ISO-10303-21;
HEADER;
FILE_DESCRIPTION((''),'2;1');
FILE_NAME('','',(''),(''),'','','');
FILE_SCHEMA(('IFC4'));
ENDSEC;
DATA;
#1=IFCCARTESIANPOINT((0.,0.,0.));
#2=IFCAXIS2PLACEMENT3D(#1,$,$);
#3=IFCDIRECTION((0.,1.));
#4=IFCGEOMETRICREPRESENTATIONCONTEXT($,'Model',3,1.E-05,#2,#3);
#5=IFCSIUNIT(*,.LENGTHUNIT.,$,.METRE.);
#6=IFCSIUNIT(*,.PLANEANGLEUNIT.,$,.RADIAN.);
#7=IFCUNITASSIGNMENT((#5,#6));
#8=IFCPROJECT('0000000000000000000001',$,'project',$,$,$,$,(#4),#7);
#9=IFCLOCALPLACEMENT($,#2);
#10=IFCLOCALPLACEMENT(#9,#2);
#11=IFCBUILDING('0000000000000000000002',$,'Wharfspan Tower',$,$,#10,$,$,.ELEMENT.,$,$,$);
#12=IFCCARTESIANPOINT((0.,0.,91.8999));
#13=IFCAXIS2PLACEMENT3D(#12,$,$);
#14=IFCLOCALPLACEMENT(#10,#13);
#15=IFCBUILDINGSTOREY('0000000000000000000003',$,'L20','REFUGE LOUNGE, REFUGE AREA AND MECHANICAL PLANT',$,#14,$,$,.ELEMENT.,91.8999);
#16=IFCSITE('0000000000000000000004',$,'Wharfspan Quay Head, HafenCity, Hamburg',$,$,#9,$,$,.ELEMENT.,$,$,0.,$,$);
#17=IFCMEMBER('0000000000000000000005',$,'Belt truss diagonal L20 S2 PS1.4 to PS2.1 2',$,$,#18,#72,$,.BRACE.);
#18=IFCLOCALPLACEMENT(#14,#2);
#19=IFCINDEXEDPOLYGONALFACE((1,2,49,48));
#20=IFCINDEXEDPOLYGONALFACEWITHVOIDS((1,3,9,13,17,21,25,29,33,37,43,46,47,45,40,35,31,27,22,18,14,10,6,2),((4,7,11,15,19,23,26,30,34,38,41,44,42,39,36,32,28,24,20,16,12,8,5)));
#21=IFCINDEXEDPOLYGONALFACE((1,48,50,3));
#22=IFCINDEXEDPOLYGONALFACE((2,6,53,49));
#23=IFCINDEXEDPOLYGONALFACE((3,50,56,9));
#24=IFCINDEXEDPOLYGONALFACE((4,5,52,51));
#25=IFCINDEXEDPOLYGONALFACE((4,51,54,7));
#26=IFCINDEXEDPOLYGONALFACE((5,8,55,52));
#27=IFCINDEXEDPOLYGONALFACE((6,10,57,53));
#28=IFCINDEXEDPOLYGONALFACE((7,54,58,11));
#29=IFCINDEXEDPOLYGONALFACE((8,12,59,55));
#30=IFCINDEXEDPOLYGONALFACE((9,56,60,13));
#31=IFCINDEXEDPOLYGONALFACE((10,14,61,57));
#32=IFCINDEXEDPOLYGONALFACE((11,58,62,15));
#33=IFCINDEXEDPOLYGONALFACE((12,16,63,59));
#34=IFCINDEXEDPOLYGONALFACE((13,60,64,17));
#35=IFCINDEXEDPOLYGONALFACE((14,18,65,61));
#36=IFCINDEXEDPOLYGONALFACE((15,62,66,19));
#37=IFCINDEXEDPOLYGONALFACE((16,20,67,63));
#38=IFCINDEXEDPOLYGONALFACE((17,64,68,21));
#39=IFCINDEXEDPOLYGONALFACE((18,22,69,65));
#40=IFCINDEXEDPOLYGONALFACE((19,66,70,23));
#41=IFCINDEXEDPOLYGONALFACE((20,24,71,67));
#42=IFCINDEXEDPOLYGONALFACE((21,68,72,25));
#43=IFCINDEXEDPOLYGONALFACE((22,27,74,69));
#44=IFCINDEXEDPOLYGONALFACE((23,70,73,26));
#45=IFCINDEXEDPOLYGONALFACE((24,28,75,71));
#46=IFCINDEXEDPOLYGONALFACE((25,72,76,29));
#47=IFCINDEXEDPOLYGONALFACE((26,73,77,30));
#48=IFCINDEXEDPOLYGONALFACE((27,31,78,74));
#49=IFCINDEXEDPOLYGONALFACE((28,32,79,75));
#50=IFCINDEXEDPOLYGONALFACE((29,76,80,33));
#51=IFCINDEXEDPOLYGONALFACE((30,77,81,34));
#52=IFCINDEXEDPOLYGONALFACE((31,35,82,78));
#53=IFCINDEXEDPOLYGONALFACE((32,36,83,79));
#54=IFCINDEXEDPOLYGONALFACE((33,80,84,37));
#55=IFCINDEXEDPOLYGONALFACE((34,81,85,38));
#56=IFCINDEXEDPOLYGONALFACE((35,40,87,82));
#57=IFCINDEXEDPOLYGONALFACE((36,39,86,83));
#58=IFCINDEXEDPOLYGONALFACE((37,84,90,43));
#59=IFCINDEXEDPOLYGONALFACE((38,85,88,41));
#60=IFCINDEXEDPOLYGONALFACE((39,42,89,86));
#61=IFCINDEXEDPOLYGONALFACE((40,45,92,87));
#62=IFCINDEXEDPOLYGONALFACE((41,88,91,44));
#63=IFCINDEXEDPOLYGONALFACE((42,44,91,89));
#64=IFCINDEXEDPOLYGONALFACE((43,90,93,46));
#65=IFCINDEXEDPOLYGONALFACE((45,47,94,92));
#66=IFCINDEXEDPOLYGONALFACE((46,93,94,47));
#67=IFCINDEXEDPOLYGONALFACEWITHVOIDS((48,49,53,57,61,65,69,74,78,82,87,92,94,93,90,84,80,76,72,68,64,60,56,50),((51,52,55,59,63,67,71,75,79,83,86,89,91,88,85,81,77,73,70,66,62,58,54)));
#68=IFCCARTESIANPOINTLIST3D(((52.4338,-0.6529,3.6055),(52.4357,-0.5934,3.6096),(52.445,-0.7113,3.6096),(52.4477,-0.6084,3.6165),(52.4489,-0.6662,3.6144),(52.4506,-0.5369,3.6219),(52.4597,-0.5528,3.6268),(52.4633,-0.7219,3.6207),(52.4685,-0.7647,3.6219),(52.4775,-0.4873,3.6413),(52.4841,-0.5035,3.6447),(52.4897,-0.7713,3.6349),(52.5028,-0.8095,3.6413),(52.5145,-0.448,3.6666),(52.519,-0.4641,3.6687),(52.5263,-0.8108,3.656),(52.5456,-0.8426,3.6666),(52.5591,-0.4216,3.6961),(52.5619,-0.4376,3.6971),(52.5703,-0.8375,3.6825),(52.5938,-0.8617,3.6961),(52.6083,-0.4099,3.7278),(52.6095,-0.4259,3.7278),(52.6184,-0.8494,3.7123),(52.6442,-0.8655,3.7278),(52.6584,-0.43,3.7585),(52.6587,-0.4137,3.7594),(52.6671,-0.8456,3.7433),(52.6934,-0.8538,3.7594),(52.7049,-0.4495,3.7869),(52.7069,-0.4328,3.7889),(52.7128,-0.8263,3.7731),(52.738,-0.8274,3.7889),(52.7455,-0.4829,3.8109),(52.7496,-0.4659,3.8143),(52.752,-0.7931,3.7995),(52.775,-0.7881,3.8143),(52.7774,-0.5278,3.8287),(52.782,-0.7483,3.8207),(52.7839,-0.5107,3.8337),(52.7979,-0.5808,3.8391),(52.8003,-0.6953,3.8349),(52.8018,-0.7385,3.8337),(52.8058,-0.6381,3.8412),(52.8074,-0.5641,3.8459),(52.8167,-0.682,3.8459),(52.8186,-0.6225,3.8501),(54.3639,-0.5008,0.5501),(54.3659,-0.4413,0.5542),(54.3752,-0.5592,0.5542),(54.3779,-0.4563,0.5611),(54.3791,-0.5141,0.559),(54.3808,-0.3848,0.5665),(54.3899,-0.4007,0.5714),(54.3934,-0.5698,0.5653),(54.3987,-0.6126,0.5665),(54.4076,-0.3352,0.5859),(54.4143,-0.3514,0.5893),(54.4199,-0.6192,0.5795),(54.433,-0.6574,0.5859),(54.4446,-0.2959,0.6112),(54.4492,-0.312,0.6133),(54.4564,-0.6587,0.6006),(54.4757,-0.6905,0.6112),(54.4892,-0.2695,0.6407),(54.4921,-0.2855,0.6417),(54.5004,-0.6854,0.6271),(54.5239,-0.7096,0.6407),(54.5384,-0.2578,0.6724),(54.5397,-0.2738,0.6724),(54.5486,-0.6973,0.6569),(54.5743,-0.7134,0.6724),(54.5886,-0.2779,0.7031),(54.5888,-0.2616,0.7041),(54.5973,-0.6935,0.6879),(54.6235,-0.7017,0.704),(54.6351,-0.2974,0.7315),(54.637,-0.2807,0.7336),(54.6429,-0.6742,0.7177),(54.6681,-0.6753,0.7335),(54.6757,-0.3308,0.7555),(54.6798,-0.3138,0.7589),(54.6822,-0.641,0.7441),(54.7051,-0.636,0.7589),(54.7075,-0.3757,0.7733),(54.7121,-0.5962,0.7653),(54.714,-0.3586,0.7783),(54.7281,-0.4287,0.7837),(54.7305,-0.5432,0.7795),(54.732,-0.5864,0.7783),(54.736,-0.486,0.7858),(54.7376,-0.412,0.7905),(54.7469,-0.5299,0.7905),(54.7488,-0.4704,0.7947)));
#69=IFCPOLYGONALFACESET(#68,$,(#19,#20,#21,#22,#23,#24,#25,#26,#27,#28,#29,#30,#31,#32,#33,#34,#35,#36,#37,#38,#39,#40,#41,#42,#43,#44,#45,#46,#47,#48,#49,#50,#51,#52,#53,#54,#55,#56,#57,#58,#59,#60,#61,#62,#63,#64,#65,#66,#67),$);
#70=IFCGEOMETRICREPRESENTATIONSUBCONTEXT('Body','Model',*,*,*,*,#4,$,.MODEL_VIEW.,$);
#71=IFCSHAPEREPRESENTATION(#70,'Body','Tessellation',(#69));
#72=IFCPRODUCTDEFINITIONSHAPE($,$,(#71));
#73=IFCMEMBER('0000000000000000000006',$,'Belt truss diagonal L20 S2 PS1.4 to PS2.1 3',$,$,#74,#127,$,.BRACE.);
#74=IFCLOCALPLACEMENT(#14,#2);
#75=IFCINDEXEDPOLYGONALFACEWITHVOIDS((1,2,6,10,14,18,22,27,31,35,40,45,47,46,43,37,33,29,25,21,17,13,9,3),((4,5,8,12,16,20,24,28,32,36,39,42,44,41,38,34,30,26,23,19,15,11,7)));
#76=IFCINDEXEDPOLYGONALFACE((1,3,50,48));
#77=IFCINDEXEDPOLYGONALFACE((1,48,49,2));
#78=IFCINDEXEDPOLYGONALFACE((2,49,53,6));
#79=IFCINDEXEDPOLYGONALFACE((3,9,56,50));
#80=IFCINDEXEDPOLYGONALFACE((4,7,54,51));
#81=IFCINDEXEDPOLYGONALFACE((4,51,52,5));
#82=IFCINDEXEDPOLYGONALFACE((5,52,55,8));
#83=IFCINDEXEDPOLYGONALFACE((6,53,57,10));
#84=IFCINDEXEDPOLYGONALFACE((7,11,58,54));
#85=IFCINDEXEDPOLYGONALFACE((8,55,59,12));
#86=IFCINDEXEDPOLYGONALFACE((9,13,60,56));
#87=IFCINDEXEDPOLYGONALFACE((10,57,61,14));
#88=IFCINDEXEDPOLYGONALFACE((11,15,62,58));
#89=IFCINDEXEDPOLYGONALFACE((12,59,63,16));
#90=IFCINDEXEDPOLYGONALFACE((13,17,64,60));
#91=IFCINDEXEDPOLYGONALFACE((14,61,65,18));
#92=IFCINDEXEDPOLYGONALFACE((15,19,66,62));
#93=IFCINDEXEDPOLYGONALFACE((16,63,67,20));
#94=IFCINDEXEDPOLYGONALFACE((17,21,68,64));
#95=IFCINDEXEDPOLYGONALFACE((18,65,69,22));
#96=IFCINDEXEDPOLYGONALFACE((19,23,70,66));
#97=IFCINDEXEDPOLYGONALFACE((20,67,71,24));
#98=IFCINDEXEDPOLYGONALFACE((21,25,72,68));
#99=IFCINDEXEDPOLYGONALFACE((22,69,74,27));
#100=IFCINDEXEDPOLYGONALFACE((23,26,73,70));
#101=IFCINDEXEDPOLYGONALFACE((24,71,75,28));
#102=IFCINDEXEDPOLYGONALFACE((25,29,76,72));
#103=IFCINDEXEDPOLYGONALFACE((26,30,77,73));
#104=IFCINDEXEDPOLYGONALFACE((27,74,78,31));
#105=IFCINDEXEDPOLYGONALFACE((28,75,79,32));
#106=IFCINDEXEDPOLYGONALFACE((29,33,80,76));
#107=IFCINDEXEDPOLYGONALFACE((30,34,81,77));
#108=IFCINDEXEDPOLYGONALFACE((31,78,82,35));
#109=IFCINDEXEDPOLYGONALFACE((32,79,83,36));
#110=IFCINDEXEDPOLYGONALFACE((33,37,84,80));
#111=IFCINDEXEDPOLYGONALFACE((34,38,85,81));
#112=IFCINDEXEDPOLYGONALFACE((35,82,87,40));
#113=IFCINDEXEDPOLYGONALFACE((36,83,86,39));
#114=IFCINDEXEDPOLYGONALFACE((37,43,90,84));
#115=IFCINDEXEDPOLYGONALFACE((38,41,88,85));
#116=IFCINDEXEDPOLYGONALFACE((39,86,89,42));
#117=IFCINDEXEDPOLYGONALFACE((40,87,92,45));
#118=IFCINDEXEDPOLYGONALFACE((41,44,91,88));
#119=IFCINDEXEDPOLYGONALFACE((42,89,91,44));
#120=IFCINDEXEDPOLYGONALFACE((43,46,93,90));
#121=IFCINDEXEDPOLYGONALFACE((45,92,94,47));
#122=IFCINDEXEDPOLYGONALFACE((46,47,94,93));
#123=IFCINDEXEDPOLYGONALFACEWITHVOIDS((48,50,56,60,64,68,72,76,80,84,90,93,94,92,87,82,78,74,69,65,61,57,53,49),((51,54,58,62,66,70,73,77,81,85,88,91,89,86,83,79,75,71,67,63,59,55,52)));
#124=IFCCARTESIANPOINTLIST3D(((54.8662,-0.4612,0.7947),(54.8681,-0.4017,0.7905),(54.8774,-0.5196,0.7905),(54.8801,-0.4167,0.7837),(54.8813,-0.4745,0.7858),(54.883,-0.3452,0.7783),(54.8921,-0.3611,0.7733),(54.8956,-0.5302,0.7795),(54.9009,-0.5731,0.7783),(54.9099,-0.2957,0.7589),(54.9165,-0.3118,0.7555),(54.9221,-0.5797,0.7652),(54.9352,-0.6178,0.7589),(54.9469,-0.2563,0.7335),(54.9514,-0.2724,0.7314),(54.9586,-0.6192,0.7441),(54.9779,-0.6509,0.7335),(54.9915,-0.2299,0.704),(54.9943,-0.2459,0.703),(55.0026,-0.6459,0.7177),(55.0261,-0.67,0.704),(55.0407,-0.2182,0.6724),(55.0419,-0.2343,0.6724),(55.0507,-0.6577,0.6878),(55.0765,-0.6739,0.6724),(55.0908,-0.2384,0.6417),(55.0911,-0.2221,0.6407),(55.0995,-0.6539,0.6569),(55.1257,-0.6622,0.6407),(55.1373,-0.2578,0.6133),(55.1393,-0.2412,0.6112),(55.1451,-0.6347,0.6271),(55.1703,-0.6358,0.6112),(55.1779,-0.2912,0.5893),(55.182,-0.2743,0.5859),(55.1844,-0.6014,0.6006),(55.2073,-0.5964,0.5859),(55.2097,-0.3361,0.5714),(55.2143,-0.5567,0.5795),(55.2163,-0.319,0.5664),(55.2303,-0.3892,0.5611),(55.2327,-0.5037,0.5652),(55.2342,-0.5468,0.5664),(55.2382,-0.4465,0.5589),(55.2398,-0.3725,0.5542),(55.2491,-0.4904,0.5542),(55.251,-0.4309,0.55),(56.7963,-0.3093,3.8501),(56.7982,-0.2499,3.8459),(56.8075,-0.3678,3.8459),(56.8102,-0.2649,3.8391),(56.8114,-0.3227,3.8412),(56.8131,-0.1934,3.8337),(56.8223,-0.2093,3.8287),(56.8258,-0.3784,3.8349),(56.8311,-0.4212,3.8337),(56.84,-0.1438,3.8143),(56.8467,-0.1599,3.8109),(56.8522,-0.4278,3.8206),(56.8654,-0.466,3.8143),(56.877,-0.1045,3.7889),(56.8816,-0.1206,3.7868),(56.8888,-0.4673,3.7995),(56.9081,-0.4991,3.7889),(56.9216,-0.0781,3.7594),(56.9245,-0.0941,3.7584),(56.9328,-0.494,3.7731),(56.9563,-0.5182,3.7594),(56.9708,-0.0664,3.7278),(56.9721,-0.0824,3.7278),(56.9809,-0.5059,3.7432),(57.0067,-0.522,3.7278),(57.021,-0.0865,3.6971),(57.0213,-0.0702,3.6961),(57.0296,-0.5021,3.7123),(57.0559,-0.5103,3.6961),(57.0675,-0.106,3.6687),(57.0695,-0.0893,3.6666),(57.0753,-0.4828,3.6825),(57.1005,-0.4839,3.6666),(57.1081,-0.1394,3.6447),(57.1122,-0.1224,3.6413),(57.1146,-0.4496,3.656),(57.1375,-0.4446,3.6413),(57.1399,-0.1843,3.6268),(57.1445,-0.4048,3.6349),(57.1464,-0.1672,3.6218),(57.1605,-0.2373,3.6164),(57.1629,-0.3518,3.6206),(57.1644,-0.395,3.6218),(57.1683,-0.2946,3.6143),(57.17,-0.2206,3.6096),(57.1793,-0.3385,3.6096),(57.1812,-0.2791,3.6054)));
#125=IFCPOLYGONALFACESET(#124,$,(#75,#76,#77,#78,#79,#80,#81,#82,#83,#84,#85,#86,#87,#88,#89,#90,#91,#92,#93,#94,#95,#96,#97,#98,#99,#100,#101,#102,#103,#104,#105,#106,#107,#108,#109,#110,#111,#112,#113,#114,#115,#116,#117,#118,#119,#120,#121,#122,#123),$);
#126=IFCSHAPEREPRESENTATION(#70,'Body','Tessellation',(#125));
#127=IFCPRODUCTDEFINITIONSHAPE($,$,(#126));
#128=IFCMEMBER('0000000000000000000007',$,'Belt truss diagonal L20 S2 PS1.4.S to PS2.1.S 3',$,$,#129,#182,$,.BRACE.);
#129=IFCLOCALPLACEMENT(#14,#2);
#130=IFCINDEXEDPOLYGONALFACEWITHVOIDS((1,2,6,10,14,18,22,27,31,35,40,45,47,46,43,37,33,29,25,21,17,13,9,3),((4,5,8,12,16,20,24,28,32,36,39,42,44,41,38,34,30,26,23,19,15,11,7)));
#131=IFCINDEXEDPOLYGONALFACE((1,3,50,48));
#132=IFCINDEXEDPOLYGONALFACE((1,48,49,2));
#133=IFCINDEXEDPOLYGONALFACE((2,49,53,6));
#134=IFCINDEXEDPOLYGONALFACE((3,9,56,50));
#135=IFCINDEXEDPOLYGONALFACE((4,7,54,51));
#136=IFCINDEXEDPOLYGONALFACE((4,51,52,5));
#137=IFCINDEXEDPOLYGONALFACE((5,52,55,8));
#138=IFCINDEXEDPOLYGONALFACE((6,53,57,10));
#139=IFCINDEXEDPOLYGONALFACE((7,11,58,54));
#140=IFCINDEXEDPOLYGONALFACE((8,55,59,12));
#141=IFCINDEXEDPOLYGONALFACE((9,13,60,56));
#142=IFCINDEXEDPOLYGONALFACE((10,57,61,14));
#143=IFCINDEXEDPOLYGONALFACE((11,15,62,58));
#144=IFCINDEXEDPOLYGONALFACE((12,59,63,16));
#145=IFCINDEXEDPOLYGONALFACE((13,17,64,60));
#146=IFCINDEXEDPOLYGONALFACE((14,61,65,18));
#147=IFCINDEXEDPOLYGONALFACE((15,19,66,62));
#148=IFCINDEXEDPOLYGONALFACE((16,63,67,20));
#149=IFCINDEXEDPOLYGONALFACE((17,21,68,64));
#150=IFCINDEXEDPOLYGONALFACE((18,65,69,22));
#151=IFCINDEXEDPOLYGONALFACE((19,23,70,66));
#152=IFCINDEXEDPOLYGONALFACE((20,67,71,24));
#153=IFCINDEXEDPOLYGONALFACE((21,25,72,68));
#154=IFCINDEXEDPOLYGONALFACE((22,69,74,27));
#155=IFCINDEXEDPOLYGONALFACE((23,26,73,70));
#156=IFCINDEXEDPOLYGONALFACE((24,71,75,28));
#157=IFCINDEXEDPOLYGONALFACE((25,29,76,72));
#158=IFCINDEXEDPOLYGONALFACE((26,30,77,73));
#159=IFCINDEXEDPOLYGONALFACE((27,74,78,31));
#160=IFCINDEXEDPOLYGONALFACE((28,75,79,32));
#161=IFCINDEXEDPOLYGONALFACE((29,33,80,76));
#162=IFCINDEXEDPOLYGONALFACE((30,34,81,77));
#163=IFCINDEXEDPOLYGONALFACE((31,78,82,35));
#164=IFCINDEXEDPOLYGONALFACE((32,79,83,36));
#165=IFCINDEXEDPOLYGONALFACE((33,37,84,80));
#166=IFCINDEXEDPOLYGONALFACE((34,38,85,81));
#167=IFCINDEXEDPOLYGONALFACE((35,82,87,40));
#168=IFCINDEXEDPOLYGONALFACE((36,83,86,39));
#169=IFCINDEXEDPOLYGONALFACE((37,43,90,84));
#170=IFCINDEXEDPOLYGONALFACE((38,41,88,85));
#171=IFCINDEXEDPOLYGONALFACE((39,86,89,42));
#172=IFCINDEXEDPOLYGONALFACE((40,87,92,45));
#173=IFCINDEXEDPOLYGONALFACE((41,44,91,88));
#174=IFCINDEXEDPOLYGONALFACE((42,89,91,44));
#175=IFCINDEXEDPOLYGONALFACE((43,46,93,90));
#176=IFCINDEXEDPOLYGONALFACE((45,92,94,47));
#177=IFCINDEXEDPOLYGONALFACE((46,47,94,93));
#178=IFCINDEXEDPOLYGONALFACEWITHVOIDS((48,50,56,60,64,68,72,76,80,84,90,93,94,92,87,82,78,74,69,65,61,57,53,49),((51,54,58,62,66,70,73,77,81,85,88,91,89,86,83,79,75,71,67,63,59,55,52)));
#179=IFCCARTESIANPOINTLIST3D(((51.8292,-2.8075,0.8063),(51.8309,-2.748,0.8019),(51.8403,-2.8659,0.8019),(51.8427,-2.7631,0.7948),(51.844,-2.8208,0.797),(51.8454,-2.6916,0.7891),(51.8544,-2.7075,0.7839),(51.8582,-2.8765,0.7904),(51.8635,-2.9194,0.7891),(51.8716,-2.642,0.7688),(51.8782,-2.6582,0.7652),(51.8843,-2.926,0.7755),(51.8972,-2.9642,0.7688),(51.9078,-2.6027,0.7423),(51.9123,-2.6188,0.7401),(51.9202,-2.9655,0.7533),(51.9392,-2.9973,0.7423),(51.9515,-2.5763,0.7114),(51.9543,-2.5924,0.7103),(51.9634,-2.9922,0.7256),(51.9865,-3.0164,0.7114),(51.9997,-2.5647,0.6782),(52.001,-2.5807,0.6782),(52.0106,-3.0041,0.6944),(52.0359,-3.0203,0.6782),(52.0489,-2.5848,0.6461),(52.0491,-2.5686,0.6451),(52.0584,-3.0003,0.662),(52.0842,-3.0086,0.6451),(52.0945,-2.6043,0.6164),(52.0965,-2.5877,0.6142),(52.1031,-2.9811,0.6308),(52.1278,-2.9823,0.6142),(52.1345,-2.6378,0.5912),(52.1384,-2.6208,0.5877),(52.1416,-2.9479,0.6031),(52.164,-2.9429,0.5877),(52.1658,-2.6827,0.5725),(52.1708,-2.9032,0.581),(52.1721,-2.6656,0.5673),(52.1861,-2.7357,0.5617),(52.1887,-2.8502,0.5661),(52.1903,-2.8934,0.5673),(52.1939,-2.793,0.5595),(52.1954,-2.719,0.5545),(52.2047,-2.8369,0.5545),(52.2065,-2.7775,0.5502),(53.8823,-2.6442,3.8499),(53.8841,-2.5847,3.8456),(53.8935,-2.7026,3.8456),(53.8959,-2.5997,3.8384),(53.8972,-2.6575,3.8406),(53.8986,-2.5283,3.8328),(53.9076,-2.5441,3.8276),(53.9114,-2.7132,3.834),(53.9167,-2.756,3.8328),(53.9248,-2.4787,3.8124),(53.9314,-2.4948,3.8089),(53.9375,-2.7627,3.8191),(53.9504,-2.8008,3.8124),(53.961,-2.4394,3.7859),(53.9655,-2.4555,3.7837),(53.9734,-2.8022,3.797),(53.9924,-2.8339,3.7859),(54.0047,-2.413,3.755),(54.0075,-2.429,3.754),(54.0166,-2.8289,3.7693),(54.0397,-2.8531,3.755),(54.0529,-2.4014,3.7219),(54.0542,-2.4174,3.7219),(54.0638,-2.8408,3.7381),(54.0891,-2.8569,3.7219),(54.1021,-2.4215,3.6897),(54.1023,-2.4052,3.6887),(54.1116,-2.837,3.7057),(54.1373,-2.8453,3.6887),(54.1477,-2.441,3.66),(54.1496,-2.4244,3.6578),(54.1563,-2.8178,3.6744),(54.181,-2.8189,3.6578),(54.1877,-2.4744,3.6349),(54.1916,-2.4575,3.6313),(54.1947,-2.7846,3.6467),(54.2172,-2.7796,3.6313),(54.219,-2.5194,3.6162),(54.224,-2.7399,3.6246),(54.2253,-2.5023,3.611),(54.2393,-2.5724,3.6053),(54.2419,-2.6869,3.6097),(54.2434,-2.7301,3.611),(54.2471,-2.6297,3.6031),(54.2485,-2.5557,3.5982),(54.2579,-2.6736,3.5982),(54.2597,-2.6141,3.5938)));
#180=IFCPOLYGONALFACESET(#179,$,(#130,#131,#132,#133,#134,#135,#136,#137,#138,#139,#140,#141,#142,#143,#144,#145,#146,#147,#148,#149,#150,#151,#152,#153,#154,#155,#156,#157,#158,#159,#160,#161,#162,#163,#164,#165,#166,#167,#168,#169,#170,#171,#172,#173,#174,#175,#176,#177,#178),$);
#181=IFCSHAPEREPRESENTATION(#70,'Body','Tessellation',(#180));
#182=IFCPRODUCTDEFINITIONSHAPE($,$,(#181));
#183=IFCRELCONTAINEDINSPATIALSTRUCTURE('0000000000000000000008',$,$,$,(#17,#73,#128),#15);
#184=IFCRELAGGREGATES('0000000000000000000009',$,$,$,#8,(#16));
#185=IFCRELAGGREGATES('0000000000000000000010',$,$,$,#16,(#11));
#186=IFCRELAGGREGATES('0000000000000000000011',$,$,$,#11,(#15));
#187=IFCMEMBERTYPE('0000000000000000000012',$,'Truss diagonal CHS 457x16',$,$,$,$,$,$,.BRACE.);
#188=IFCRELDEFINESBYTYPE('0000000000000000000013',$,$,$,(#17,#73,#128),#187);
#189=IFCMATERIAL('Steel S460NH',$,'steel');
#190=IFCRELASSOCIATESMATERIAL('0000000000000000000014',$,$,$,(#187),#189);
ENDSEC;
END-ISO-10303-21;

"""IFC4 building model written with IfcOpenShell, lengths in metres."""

from ifc_helpers import new_model, si_unit, direction, frame, origin, origin_2d, place, context, subcontext, project, spatial, hollow_circle, extrude, material, material_profile, profile_set, type_object, element, save


model = new_model("IFC4")

# Units and contexts
model_context = context("Model", 3, precision=1e-05, world=origin(), true_north=direction((0.0, 1.0)))
body_context = subcontext(model_context, "Body", "Model", "MODEL_VIEW")
ifc_project = project(units=[si_unit("LENGTHUNIT", "METRE"), si_unit("PLANEANGLEUNIT", "RADIAN")], contexts=[model_context])

# Site, building, storey
site_placement = place(None, origin())
site = spatial("IfcSite", under=ifc_project, at=site_placement, Name="Wharfspan Quay Head, HafenCity, Hamburg", CompositionType="ELEMENT", RefElevation=0.0)
building_placement = place(site_placement, origin())
building = spatial("IfcBuilding", under=site, at=building_placement, Name="Wharfspan Tower", CompositionType="ELEMENT")
storey_placement = place(building_placement, frame((0.0, 0.0, 91.8999)))
storey = spatial("IfcBuildingStorey", under=building, at=storey_placement, Name="L20", Description="REFUGE LOUNGE, REFUGE AREA AND MECHANICAL PLANT", CompositionType="ELEMENT", Elevation=91.8999)

# Members
ifc_material_1 = material(Name="Steel S460NH", Category="steel")
ifc_material_profile_1 = material_profile(ifc_material_1, hollow_circle(Radius=0.2285, WallThickness=0.0161, at=origin_2d()))
ifc_profile_set_1 = profile_set([ifc_material_profile_1], Name="Steel S460NH")
member_type_1 = type_object("IfcMemberType", Name="Truss diagonal CHS 457x16", PredefinedType="BRACE", material=ifc_profile_set_1)
for number, where, z_axis, x_axis, name in (
    (1, (52.6262, -0.6377, 3.7278), (0.533607, 0.042049, -0.844687), (-0.078555, 0.996913, 0.000002), "Belt truss diagonal L20 S2 PS1.4 to PS2.1 2"),
    (2, (55.0586, -0.446, 0.6724), (0.533609, 0.041981, 0.844689), (-0.078431, 0.996915, 0.0), "Belt truss diagonal L20 S2 PS1.4 to PS2.1 3"),
):
    element("IfcMember", number, at=place(storey_placement, frame(where, z_axis=z_axis, x_axis=x_axis)), inside=storey, type_object=member_type_1, Name=name, PredefinedType="BRACE", context=body_context, shape_type="SweptSolid", body=[
        extrude(hollow_circle(Radius=0.2285, WallThickness=0.0161, at=origin_2d()), origin(), (0.0, 0.0, 1.0), 3.6172),
    ])
for number, where, z_axis, x_axis, name in (
    (3, (52.0178, -2.7925, 0.6782), (0.558682, 0.044442, 0.828191), (-0.079299, 0.996852, 0.000001), "Belt truss diagonal L20 S2 PS1.4.S to PS2.1.S 3"),
):
    element("IfcMember", number, at=place(storey_placement, frame(where, z_axis=z_axis, x_axis=x_axis)), inside=storey, type_object=member_type_1, Name=name, PredefinedType="BRACE", context=body_context, shape_type="SweptSolid", body=[
        extrude(hollow_circle(Radius=0.2285, WallThickness=0.0161, at=origin_2d()), origin(), (0.0, 0.0, 1.0), 3.675),
    ])

save(model, "model.ifc")
